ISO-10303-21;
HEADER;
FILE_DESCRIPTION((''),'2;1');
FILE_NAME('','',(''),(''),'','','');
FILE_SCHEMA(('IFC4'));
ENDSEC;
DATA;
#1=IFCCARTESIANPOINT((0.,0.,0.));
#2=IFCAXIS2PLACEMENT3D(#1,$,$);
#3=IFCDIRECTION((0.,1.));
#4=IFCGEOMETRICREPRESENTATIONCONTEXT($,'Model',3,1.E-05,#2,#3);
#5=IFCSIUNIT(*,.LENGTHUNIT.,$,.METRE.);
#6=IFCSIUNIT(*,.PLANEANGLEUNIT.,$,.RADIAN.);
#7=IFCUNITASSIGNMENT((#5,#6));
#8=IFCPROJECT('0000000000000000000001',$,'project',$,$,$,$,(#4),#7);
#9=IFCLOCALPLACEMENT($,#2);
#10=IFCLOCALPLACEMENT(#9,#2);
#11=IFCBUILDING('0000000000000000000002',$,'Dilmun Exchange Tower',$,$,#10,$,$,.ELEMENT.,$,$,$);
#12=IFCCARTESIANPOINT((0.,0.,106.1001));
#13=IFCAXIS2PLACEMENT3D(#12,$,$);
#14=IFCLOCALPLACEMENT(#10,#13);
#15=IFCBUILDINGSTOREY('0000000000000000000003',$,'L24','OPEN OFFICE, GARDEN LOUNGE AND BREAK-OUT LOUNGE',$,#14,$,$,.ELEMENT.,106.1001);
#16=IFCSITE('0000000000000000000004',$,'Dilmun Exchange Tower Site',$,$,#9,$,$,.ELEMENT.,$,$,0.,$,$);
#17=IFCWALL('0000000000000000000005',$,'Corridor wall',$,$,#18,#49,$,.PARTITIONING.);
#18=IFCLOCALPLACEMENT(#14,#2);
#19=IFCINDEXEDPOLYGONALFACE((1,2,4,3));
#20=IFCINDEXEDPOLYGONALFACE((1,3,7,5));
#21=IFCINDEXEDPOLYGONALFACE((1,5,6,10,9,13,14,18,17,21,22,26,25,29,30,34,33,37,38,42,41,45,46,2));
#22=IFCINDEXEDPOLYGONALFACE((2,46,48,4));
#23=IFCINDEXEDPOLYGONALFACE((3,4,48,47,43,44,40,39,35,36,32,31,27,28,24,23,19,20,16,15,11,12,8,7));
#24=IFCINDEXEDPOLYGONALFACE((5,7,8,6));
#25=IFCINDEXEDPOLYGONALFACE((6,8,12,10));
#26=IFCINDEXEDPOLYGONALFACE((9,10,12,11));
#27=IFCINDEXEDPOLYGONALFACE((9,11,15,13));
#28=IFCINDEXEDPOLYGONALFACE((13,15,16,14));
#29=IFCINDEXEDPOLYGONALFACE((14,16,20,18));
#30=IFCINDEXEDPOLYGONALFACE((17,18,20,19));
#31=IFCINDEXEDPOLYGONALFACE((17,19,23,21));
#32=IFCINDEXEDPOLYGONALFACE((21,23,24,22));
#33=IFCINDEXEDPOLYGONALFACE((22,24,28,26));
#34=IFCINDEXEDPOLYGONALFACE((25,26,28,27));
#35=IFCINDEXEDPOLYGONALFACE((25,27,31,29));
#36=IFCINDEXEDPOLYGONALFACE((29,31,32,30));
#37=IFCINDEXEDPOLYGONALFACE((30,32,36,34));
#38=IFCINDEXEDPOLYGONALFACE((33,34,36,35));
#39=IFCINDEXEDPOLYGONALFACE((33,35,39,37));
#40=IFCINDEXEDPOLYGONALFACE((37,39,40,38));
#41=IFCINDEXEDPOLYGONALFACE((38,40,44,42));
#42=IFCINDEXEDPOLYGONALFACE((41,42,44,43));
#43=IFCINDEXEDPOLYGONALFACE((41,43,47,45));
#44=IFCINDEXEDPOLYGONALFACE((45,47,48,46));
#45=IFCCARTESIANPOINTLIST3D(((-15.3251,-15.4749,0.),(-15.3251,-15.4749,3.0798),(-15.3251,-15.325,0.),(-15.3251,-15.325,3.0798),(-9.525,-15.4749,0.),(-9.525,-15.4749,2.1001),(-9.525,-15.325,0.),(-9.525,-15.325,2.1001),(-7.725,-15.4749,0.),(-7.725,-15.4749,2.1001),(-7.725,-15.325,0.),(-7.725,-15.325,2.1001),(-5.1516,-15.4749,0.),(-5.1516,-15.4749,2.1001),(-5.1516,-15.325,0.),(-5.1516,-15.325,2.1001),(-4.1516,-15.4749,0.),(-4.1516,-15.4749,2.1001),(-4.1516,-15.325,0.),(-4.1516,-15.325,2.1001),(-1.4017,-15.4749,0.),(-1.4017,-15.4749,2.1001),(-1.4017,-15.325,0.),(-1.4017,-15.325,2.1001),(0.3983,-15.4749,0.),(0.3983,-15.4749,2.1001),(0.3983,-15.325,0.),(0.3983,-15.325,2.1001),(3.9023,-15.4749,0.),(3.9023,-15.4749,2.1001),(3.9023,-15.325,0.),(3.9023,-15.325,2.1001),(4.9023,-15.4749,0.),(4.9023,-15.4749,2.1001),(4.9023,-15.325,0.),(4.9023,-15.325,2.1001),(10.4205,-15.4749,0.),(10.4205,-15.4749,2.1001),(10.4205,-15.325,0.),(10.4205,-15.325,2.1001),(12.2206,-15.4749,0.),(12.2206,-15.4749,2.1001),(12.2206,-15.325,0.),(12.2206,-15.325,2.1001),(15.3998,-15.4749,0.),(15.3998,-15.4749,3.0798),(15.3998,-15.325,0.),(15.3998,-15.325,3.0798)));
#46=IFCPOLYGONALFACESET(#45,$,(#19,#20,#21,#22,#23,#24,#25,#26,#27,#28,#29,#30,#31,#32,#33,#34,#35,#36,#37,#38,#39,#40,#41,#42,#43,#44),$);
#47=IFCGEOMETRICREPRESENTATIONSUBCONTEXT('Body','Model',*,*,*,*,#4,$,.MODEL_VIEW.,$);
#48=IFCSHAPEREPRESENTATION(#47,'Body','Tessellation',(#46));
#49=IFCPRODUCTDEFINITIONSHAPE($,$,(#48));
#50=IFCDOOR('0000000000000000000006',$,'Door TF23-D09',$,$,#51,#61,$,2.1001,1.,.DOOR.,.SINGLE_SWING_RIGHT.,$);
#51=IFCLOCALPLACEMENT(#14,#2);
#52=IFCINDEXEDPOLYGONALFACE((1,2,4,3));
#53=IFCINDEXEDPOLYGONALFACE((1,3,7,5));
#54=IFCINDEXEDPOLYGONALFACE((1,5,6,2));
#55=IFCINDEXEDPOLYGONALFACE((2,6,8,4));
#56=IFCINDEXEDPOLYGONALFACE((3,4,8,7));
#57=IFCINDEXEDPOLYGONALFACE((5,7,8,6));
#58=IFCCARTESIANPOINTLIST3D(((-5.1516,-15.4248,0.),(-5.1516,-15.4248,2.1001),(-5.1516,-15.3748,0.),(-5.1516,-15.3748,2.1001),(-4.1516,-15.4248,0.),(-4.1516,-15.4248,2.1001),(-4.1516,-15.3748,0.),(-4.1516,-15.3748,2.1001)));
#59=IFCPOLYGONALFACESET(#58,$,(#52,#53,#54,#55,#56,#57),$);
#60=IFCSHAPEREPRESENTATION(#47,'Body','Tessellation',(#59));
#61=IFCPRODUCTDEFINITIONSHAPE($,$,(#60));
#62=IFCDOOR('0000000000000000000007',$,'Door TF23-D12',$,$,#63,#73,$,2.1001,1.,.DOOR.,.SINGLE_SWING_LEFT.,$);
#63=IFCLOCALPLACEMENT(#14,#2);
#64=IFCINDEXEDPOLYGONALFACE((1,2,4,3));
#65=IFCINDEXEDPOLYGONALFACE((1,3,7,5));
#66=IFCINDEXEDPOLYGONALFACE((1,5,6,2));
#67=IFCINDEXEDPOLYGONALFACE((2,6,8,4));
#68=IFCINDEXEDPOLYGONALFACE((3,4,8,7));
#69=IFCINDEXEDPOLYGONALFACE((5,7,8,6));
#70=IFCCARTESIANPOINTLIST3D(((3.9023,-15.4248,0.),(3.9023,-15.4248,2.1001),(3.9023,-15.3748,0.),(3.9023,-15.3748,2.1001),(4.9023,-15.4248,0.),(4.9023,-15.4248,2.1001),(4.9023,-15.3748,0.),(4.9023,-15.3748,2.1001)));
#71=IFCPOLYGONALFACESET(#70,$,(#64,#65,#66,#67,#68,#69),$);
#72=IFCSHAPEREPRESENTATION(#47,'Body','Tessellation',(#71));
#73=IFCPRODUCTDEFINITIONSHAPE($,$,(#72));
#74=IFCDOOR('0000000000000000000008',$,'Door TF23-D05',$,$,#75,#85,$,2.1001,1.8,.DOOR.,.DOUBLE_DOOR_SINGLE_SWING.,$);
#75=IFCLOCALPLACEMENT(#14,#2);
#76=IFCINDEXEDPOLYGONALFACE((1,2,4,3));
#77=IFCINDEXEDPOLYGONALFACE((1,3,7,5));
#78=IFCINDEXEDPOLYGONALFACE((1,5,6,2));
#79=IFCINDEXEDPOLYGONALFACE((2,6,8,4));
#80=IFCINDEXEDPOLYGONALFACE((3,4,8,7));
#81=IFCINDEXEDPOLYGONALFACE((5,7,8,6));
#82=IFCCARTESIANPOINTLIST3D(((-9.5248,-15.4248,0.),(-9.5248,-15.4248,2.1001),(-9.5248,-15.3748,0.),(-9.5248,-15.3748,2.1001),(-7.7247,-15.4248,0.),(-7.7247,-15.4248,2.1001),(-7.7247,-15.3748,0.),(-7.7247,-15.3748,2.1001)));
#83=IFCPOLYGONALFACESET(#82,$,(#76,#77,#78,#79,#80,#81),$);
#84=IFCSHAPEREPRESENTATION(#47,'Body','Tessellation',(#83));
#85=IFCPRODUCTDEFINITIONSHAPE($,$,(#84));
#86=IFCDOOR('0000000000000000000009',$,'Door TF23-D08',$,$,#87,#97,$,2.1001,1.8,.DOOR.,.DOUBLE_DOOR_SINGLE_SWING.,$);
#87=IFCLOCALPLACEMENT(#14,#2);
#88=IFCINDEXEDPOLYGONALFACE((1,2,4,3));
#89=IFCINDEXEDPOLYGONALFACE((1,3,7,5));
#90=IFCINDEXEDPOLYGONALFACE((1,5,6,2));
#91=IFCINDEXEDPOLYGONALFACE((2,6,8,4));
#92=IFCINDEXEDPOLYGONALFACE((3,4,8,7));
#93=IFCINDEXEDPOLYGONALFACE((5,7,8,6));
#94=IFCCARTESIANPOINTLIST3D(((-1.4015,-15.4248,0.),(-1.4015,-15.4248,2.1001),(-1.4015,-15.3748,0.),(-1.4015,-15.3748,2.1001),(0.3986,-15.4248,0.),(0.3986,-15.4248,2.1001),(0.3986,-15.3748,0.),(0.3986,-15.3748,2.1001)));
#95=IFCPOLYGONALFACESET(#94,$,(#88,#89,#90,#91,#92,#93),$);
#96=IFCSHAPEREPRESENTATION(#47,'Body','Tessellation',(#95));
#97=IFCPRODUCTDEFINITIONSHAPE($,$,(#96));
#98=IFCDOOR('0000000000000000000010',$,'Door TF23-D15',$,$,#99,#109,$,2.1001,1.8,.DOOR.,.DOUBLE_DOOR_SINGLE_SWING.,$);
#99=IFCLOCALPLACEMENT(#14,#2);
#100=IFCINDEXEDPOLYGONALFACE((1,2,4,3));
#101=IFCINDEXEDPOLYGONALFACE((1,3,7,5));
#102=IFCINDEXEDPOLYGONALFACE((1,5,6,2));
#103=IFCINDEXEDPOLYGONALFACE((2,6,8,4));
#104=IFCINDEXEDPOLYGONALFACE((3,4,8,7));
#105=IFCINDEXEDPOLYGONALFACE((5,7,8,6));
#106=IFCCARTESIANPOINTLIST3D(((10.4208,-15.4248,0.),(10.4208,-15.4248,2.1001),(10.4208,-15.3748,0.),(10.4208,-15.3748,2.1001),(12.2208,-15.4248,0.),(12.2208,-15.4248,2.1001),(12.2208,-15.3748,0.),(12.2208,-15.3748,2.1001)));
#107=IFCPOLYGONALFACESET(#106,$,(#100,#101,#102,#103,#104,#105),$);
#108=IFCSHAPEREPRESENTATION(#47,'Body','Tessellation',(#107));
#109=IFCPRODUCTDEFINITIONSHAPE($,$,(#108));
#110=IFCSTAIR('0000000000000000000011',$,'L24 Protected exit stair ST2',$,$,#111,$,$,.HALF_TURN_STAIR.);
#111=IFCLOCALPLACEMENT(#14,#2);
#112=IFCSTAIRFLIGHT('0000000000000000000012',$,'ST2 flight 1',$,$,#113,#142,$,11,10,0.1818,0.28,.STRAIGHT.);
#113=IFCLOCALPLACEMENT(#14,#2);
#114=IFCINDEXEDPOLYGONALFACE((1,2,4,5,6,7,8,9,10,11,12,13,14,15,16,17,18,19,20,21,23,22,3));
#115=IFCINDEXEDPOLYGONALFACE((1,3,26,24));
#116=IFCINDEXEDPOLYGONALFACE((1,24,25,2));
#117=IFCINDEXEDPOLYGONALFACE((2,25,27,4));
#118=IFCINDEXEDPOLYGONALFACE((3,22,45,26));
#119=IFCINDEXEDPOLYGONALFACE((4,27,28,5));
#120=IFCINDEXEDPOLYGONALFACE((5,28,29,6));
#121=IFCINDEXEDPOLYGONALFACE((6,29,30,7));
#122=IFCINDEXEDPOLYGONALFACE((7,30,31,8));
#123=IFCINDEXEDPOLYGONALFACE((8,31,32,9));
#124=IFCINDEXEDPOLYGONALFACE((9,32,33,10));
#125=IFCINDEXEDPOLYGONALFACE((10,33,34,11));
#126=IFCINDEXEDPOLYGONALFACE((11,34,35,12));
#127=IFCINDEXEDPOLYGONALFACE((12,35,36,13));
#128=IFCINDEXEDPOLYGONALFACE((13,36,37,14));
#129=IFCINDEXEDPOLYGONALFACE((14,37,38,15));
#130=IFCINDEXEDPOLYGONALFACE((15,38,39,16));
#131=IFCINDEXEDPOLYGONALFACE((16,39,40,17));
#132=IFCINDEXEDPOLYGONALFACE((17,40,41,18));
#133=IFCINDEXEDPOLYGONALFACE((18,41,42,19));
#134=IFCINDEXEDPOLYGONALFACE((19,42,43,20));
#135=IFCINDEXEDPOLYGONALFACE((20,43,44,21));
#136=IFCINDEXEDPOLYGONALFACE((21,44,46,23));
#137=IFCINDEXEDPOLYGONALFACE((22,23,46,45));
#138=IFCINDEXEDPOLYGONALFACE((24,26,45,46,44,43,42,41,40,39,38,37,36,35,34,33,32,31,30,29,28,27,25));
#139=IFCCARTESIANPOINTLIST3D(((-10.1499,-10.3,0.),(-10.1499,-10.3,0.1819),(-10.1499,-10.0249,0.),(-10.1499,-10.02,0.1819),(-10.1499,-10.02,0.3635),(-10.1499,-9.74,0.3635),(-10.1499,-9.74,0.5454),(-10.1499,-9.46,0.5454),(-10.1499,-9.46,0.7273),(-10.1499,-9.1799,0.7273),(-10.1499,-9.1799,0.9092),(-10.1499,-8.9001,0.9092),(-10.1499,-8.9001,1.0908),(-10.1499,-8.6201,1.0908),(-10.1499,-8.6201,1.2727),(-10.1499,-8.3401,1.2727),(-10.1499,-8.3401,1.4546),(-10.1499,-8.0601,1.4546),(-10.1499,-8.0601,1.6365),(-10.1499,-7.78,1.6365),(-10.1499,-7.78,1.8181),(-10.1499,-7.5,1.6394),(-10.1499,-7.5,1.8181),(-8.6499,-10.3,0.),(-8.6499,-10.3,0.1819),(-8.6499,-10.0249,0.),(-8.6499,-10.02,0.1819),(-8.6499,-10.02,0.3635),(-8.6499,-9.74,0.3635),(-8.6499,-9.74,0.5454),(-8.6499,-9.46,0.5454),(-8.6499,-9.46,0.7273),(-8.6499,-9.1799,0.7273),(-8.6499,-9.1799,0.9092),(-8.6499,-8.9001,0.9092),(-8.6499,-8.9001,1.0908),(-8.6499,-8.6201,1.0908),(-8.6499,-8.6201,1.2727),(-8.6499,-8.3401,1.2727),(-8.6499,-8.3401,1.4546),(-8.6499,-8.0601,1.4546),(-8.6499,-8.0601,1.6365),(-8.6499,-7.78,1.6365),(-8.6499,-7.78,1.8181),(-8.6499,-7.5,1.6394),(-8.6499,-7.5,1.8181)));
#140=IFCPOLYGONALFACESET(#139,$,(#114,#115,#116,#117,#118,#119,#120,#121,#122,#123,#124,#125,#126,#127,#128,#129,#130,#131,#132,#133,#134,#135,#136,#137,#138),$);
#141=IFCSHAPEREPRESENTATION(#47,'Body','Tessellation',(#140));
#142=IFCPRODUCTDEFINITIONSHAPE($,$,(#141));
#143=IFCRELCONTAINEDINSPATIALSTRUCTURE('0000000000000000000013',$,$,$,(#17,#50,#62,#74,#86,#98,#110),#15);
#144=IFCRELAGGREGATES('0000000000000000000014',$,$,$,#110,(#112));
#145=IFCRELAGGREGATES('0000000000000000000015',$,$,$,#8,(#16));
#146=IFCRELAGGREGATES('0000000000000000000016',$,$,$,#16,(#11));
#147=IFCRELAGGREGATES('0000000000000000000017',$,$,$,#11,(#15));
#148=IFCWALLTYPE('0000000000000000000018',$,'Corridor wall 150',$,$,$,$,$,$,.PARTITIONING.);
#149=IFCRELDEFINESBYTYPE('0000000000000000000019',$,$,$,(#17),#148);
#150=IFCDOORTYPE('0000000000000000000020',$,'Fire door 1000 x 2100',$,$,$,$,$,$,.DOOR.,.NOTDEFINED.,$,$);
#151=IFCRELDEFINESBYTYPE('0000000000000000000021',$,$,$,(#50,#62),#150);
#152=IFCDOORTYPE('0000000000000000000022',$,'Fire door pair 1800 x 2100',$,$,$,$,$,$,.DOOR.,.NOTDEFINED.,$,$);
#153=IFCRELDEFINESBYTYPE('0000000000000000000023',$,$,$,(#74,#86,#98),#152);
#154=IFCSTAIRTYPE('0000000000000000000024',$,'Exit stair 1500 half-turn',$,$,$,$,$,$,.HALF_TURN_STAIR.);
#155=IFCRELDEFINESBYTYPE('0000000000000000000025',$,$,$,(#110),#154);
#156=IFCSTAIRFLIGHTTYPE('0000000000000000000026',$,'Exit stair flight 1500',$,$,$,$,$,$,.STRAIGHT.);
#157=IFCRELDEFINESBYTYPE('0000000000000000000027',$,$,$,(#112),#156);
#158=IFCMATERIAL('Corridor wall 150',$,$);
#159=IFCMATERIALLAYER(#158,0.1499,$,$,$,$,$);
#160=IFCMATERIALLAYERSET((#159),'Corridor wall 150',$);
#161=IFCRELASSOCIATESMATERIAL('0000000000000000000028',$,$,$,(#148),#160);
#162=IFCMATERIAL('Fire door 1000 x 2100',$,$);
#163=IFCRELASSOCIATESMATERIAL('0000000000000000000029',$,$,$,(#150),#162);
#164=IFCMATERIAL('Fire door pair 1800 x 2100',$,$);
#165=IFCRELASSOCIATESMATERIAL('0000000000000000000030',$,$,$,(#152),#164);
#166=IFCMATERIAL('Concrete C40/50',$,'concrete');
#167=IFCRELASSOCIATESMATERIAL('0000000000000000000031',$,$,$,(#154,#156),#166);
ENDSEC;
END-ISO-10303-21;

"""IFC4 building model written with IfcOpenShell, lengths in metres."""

from ifc_helpers import new_model, si_unit, direction, frame, frame_2d, origin, place, context, subcontext, project, spatial, polyline, rectangle, outline, extrude, material, layer, layer_set, type_object, element, fill, aggregate, save


model = new_model("IFC4")

# Units and contexts
model_context = context("Model", 3, precision=1e-05, world=origin(), true_north=direction((0.0, 1.0)))
body_context = subcontext(model_context, "Body", "Model", "MODEL_VIEW")
ifc_project = project(units=[si_unit("LENGTHUNIT", "METRE"), si_unit("PLANEANGLEUNIT", "RADIAN")], contexts=[model_context])

# Site, building, storey
site_placement = place(None, origin())
site = spatial("IfcSite", under=ifc_project, at=site_placement, Name="Dilmun Exchange Tower Site", CompositionType="ELEMENT", RefElevation=0.0)
building_placement = place(site_placement, origin())
building = spatial("IfcBuilding", under=site, at=building_placement, Name="Dilmun Exchange Tower", CompositionType="ELEMENT")
storey_placement = place(building_placement, frame((0.0, 0.0, 106.1001)))
storey = spatial("IfcBuildingStorey", under=building, at=storey_placement, Name="L24", Description="OPEN OFFICE, GARDEN LOUNGE AND BREAK-OUT LOUNGE", CompositionType="ELEMENT", Elevation=106.1001)

# Shared definitions
ifc_material_1 = material(Name="Concrete C40/50", Category="concrete")

# Wall, openings, doors
ifc_material_2 = material(Name="Corridor wall 150")
ifc_layer_1 = layer(ifc_material_2, 0.1499)
ifc_layer_set_1 = layer_set([ifc_layer_1], Name="Corridor wall 150")
wall_type_1 = type_object("IfcWallType", Name="Corridor wall 150", PredefinedType="PARTITIONING", material=ifc_layer_set_1)
wall_1_placement = place(storey_placement, frame((-15.325, -15.3999, 0.0), z_axis=(0.0, 0.0, 1.0), x_axis=(1.0, 0.0, 0.0)))
wall_1 = element("IfcWall", 1, at=wall_1_placement, inside=storey, type_object=wall_type_1, Name="Corridor wall", PredefinedType="PARTITIONING", context=body_context, shape_type="SweptSolid", body=[
    extrude(rectangle(XDim=30.7249, YDim=0.1499, at=frame_2d((15.3623, 0.0))), origin(), (0.0, 0.0, 1.0), 3.0798),
])
opening_1_placement = place(wall_1_placement, frame((5.8, 0.0, 0.0)))
opening_1 = element("IfcOpeningElement", 2, at=opening_1_placement, cuts=wall_1, PredefinedType="OPENING", context=body_context, shape_type="SweptSolid", body=[
    extrude(rectangle(XDim=1.8, YDim=2.1001, at=frame_2d((0.8999, 1.05))), frame((0.0, 0.085, 0.0), z_axis=(0.0, -1.0, 0.0), x_axis=(1.0, 0.0, 0.0)), (0.0, 0.0, 1.0), 0.1699),
])
opening_2_placement = place(wall_1_placement, frame((13.9233, 0.0, 0.0)))
opening_2 = element("IfcOpeningElement", 3, at=opening_2_placement, cuts=wall_1, PredefinedType="OPENING", context=body_context, shape_type="SweptSolid", body=[
    extrude(rectangle(XDim=1.8, YDim=2.1001, at=frame_2d((0.8999, 1.05))), frame((0.0, 0.085, 0.0), z_axis=(0.0, -1.0, 0.0), x_axis=(1.0, 0.0, 0.0)), (0.0, 0.0, 1.0), 0.1699),
])
opening_3_placement = place(wall_1_placement, frame((10.1733, 0.0, 0.0)))
opening_3 = element("IfcOpeningElement", 4, at=opening_3_placement, cuts=wall_1, PredefinedType="OPENING", context=body_context, shape_type="SweptSolid", body=[
    extrude(rectangle(XDim=1.0, YDim=2.1001, at=frame_2d((0.5, 1.05))), frame((0.0, 0.085, 0.0), z_axis=(0.0, -1.0, 0.0), x_axis=(1.0, 0.0, 0.0)), (0.0, 0.0, 1.0), 0.1699),
])
opening_4_placement = place(wall_1_placement, frame((19.2273, 0.0, 0.0)))
opening_4 = element("IfcOpeningElement", 5, at=opening_4_placement, cuts=wall_1, PredefinedType="OPENING", context=body_context, shape_type="SweptSolid", body=[
    extrude(rectangle(XDim=1.0, YDim=2.1001, at=frame_2d((0.5, 1.05))), frame((0.0, 0.085, 0.0), z_axis=(0.0, -1.0, 0.0), x_axis=(1.0, 0.0, 0.0)), (0.0, 0.0, 1.0), 0.1699),
])
opening_5_placement = place(wall_1_placement, frame((25.7456, 0.0, 0.0)))
opening_5 = element("IfcOpeningElement", 6, at=opening_5_placement, cuts=wall_1, PredefinedType="OPENING", context=body_context, shape_type="SweptSolid", body=[
    extrude(rectangle(XDim=1.8, YDim=2.1001, at=frame_2d((0.8999, 1.05))), frame((0.0, 0.085, 0.0), z_axis=(0.0, -1.0, 0.0), x_axis=(1.0, 0.0, 0.0)), (0.0, 0.0, 1.0), 0.1699),
])
ifc_material_3 = material(Name="Fire door 1000 x 2100")
door_type_1 = type_object("IfcDoorType", Name="Fire door 1000 x 2100", OperationType="NOTDEFINED", PredefinedType="DOOR", material=ifc_material_3)
door_1_placement = place(opening_3_placement, frame((1.0, 0.0, 0.0), z_axis=(0.0, 0.0, 1.0), x_axis=(-1.0, 0.0, 0.0)))
door_1 = element("IfcDoor", 7, at=door_1_placement, inside=storey, type_object=door_type_1, Name="Door TF23-D09", OperationType="SINGLE_SWING_RIGHT", OverallHeight=2.1001, OverallWidth=1.0, PredefinedType="DOOR", context=body_context, shape_type="SweptSolid", body=[
    extrude(rectangle(XDim=1.0, YDim=2.1001, at=frame_2d((0.5, 1.05))), frame((0.0, 0.0249, 0.0), z_axis=(0.0, -1.0, 0.0), x_axis=(1.0, 0.0, 0.0)), (0.0, 0.0, 1.0), 0.05),
])
fill(opening_3, door_1)
door_2_placement = place(opening_4_placement, frame((1.0, 0.0, 0.0), z_axis=(0.0, 0.0, 1.0), x_axis=(-1.0, 0.0, 0.0)))
door_2 = element("IfcDoor", 8, at=door_2_placement, inside=storey, type_object=door_type_1, Name="Door TF23-D12", OperationType="SINGLE_SWING_LEFT", OverallHeight=2.1001, OverallWidth=1.0, PredefinedType="DOOR", context=body_context, shape_type="SweptSolid", body=[
    extrude(rectangle(XDim=1.0, YDim=2.1001, at=frame_2d((0.5, 1.05))), frame((0.0, 0.0249, 0.0), z_axis=(0.0, -1.0, 0.0), x_axis=(1.0, 0.0, 0.0)), (0.0, 0.0, 1.0), 0.05),
])
fill(opening_4, door_2)
ifc_material_4 = material(Name="Fire door pair 1800 x 2100")
door_type_2 = type_object("IfcDoorType", Name="Fire door pair 1800 x 2100", OperationType="NOTDEFINED", PredefinedType="DOOR", material=ifc_material_4)
door_3_placement = place(opening_1_placement, frame((1.8, 0.0, 0.0), z_axis=(0.0, 0.0, 1.0), x_axis=(-1.0, 0.0, 0.0)))
door_3 = element("IfcDoor", 9, at=door_3_placement, inside=storey, type_object=door_type_2, Name="Door TF23-D05", OperationType="DOUBLE_DOOR_SINGLE_SWING", OverallHeight=2.1001, OverallWidth=1.8, PredefinedType="DOOR", context=body_context, shape_type="SweptSolid", body=[
    extrude(rectangle(XDim=1.8, YDim=2.1001, at=frame_2d((0.8999, 1.05))), frame((0.0, 0.0249, 0.0), z_axis=(0.0, -1.0, 0.0), x_axis=(1.0, 0.0, 0.0)), (0.0, 0.0, 1.0), 0.05),
])
fill(opening_1, door_3)
door_4_placement = place(opening_2_placement, frame((1.8, 0.0, 0.0), z_axis=(0.0, 0.0, 1.0), x_axis=(-1.0, 0.0, 0.0)))
door_4 = element("IfcDoor", 10, at=door_4_placement, inside=storey, type_object=door_type_2, Name="Door TF23-D08", OperationType="DOUBLE_DOOR_SINGLE_SWING", OverallHeight=2.1001, OverallWidth=1.8, PredefinedType="DOOR", context=body_context, shape_type="SweptSolid", body=[
    extrude(rectangle(XDim=1.8, YDim=2.1001, at=frame_2d((0.8999, 1.05))), frame((0.0, 0.0249, 0.0), z_axis=(0.0, -1.0, 0.0), x_axis=(1.0, 0.0, 0.0)), (0.0, 0.0, 1.0), 0.05),
])
fill(opening_2, door_4)
door_5_placement = place(opening_5_placement, frame((1.8, 0.0, 0.0), z_axis=(0.0, 0.0, 1.0), x_axis=(-1.0, 0.0, 0.0)))
door_5 = element("IfcDoor", 11, at=door_5_placement, inside=storey, type_object=door_type_2, Name="Door TF23-D15", OperationType="DOUBLE_DOOR_SINGLE_SWING", OverallHeight=2.1001, OverallWidth=1.8, PredefinedType="DOOR", context=body_context, shape_type="SweptSolid", body=[
    extrude(rectangle(XDim=1.8, YDim=2.1001, at=frame_2d((0.8999, 1.05))), frame((0.0, 0.0249, 0.0), z_axis=(0.0, -1.0, 0.0), x_axis=(1.0, 0.0, 0.0)), (0.0, 0.0, 1.0), 0.05),
])
fill(opening_5, door_5)

# Stair, stair flight
stair_type = type_object("IfcStairType", Name="Exit stair 1500 half-turn", PredefinedType="HALF_TURN_STAIR", material=ifc_material_1)
stair_placement = place(storey_placement, origin())
stair = element("IfcStair", 12, at=stair_placement, inside=storey, type_object=stair_type, Name="L24 Protected exit stair ST2", PredefinedType="HALF_TURN_STAIR")
stair_flight_type = type_object("IfcStairFlightType", Name="Exit stair flight 1500", PredefinedType="STRAIGHT", material=ifc_material_1)
stair_flight_placement = place(storey_placement, frame((-9.3999, -10.3, 0.0), z_axis=(0.0, 0.0, 1.0), x_axis=(0.0, 1.0, 0.0)))
stair_flight = element("IfcStairFlight", 13, at=stair_flight_placement, type_object=stair_flight_type, Name="ST2 flight 1", NumberOfRisers=11, NumberOfTreads=10, PredefinedType="STRAIGHT", RiserHeight=0.1818, TreadLength=0.28, context=body_context, shape_type="SweptSolid", body=[
    extrude(outline(polyline([(0.0, 0.0), (0.0, 0.1819), (0.28, 0.1819), (0.28, 0.3635), (0.5601, 0.3635), (0.5601, 0.5454), (0.8401, 0.5454), (0.8401, 0.7273), (1.1201, 0.7273), (1.1201, 0.9092), (1.3999, 0.9092), (1.3999, 1.0908), (1.6799, 1.0908), (1.6799, 1.2727), (1.96, 1.2727), (1.96, 1.4546), (2.24, 1.4546), (2.24, 1.6365), (2.52, 1.6365), (2.52, 1.8181), (2.8, 1.8181), (2.8, 2.0), (2.8, 1.6394), (0.2751, 0.0), (0.0, 0.0)])), frame((0.0, 0.75, 0.0), z_axis=(0.0, -1.0, 0.0), x_axis=(1.0, 0.0, 0.0)), (0.0, 0.0, 1.0), 1.5),
])
aggregate(stair, [stair_flight])

save(model, "model.ifc")
